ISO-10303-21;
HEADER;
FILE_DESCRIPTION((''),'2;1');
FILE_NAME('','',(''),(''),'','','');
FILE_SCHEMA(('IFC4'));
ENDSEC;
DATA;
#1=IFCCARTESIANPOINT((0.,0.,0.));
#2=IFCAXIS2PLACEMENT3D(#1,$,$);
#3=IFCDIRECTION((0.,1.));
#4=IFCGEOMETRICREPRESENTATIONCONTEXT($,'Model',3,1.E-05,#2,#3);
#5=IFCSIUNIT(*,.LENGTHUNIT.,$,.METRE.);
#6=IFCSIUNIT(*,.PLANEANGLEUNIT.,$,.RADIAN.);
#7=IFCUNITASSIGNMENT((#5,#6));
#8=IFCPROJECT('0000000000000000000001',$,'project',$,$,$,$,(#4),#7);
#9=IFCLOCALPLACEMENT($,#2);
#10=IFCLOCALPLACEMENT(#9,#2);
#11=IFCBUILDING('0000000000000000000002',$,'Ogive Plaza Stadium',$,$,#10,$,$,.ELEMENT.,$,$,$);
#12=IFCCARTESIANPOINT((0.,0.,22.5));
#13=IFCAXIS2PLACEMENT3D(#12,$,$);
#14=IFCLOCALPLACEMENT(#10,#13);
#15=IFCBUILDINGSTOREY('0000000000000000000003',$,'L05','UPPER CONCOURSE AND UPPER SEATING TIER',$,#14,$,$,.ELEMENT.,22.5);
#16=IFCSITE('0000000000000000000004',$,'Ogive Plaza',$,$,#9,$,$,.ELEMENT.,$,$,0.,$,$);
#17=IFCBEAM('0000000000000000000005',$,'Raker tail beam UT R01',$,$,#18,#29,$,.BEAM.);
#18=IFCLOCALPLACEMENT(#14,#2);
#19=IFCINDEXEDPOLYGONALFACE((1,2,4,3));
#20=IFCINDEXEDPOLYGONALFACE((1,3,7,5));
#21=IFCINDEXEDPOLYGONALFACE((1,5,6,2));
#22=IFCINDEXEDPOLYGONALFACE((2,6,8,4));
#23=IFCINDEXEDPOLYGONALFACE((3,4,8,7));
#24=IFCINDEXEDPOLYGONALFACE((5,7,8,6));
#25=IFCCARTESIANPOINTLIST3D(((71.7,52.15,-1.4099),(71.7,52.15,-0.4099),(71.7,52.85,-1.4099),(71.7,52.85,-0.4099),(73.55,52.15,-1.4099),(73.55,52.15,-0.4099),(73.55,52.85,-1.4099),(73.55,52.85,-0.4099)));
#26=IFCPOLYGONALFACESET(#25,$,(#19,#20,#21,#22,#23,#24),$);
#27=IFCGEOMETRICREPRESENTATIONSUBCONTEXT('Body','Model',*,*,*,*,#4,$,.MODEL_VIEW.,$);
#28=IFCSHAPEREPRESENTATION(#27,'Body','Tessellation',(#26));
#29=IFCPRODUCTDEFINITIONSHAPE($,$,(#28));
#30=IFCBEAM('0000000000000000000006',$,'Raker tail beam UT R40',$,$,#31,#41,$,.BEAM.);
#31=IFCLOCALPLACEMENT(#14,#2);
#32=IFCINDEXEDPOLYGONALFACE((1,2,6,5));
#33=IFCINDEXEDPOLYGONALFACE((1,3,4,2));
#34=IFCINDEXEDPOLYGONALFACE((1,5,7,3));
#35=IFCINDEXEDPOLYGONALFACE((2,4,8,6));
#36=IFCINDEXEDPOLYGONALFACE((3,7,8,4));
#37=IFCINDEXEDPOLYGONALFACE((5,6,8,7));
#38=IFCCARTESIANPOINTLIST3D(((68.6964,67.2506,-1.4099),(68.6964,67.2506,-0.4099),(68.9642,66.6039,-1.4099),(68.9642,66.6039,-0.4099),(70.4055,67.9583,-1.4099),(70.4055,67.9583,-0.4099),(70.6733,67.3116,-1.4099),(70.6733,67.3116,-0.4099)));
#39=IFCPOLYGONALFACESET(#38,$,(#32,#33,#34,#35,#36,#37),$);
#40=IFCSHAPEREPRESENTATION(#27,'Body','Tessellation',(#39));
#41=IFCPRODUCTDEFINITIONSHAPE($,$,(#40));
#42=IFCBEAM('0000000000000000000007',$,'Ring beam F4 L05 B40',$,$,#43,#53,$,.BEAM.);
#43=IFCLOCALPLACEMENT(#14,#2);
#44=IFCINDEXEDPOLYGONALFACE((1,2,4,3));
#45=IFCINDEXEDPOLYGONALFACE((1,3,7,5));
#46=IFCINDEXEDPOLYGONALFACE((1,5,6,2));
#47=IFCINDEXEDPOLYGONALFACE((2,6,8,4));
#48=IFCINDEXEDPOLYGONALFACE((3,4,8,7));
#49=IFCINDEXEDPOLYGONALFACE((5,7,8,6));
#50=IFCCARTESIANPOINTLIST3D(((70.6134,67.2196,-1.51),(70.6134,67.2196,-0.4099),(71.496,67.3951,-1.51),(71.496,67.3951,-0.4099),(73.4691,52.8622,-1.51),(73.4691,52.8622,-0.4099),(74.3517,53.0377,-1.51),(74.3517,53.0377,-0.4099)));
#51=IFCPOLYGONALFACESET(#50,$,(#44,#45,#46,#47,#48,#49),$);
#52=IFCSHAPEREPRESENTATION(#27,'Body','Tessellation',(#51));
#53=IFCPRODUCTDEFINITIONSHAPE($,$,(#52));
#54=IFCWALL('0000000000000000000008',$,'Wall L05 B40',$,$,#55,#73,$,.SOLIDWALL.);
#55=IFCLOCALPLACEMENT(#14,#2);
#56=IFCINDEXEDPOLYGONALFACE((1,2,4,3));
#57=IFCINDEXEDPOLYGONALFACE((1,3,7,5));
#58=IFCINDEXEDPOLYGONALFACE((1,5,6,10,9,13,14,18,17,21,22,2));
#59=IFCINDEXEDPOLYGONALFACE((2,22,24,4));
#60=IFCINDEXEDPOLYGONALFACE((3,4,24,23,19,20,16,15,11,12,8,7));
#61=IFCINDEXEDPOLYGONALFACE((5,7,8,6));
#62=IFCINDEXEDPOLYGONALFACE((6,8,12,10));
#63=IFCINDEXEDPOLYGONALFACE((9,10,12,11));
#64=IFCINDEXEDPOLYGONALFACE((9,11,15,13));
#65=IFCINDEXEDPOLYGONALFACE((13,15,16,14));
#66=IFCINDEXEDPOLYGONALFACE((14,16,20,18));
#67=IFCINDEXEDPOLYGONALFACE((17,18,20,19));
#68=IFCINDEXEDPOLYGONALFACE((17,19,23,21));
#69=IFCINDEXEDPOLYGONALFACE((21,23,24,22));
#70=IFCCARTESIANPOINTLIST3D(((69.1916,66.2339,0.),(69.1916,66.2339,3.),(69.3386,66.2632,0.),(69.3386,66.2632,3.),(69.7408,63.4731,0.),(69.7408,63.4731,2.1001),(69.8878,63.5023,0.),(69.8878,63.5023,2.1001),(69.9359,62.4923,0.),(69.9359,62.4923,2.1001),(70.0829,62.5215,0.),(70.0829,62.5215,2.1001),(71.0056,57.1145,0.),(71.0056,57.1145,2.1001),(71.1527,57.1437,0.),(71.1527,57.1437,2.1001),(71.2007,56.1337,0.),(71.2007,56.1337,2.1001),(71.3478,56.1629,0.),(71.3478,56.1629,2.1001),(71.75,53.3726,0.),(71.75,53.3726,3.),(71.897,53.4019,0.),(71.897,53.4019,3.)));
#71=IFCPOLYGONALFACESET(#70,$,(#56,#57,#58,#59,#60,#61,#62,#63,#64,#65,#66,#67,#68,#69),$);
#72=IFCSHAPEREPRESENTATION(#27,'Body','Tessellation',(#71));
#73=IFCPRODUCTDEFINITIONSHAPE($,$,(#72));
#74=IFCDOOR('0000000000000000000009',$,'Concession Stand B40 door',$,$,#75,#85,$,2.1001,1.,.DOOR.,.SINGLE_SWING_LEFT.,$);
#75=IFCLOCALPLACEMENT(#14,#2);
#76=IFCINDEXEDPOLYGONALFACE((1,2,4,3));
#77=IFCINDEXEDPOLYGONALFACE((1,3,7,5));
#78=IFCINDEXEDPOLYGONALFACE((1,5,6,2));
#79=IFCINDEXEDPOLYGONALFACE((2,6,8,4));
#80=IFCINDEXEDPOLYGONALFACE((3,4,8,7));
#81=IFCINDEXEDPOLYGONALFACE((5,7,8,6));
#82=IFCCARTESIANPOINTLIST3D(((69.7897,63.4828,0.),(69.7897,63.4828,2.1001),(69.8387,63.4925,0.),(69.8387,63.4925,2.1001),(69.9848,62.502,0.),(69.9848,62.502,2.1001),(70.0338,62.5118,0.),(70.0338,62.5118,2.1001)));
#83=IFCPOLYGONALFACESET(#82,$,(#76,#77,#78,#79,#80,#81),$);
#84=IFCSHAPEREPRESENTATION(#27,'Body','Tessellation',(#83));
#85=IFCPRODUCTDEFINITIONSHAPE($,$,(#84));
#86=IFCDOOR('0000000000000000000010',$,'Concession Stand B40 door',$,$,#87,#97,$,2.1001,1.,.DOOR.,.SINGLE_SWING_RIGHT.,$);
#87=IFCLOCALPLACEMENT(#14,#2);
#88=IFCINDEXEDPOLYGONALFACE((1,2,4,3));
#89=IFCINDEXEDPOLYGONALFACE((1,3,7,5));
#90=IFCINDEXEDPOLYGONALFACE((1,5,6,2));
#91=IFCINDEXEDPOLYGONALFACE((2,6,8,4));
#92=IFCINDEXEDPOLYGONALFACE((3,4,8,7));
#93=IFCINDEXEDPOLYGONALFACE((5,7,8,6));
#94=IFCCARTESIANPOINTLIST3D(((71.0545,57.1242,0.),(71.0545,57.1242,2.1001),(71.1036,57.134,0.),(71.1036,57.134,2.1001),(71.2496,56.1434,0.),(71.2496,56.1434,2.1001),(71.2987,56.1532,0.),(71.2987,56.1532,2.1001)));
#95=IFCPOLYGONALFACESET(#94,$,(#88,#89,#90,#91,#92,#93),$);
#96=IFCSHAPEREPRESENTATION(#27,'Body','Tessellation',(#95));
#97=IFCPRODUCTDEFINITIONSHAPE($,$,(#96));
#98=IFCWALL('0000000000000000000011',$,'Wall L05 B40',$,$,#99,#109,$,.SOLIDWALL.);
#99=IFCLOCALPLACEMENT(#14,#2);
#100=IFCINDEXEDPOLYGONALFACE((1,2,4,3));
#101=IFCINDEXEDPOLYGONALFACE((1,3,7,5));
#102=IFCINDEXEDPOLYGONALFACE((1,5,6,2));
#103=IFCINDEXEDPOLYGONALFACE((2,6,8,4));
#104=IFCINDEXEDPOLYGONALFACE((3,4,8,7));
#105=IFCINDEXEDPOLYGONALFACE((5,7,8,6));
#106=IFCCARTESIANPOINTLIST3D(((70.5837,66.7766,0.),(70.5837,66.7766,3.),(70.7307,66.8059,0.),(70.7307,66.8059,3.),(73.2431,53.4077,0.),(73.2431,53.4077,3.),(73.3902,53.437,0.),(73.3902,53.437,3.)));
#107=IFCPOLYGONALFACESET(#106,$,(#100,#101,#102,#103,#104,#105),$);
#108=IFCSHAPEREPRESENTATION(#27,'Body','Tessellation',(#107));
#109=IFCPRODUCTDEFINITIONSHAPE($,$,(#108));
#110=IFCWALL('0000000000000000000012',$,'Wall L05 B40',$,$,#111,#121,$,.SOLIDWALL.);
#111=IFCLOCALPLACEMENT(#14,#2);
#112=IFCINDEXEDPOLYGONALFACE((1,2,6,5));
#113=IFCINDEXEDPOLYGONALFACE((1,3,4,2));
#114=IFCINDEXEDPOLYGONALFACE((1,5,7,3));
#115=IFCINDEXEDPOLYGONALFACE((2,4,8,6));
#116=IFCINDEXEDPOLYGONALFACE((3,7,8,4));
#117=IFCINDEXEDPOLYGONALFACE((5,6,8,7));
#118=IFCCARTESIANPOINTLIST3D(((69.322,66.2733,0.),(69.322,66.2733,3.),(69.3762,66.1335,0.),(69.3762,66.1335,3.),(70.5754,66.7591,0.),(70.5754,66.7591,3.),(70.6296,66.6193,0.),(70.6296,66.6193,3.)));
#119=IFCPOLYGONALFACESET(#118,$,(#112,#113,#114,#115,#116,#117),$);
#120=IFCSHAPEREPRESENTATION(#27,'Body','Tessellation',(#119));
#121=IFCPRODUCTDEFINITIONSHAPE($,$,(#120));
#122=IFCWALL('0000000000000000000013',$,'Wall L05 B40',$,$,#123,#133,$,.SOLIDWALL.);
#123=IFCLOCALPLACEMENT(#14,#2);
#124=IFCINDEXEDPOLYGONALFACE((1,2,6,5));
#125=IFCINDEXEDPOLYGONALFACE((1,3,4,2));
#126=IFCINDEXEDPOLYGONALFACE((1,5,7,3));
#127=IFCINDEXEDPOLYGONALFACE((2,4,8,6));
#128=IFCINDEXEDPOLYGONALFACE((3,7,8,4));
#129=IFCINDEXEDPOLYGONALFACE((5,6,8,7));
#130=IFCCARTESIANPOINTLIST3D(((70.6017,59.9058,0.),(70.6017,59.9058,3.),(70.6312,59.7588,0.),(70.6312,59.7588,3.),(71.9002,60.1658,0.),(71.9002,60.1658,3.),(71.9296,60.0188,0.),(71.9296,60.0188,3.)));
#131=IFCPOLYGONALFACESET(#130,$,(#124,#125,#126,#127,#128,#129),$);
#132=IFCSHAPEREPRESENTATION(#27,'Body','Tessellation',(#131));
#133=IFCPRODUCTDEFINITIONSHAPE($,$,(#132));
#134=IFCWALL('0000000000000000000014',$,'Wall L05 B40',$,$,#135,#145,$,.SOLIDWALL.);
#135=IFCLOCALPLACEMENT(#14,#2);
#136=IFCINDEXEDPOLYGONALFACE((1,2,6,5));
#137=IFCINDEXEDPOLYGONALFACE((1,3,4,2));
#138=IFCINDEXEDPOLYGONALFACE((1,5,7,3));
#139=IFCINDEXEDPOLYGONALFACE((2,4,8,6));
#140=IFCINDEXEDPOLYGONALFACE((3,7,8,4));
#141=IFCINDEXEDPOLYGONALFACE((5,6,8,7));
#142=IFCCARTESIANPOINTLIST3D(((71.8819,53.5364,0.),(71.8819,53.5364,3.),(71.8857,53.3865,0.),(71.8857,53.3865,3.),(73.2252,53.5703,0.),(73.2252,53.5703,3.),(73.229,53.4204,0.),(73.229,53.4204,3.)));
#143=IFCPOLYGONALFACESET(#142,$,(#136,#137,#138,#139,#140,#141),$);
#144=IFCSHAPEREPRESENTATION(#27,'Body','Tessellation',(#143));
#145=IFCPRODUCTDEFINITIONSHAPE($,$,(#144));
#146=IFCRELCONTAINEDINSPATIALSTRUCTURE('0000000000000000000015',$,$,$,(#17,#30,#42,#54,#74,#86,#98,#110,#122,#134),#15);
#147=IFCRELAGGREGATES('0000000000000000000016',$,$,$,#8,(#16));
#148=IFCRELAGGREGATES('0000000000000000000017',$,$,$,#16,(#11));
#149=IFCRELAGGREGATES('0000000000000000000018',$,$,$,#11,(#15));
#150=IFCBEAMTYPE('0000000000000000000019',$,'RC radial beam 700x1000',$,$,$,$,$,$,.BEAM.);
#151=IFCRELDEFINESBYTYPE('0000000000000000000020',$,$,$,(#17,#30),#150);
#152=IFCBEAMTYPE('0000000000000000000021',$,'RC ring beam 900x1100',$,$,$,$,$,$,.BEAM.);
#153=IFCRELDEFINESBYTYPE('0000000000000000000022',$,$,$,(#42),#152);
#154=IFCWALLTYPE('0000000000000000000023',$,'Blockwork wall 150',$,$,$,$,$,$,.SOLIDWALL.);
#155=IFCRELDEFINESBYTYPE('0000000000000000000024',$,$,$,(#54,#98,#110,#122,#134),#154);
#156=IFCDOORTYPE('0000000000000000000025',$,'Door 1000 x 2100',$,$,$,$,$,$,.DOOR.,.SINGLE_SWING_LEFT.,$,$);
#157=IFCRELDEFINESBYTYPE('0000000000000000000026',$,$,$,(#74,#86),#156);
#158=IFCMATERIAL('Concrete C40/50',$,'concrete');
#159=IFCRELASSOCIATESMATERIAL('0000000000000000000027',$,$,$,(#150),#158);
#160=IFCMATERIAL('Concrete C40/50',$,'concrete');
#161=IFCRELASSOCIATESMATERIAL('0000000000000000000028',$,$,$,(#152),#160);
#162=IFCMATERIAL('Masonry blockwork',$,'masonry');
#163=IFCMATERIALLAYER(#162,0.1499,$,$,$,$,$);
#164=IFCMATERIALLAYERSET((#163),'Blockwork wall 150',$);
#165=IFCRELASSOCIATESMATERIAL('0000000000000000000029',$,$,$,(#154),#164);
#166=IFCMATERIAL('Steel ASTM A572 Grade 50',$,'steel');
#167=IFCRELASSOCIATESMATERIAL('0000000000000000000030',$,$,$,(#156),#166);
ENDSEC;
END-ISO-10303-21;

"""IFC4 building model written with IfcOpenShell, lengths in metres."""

from ifc_helpers import new_model, si_unit, direction, frame, frame_2d, origin, origin_2d, place, context, subcontext, project, spatial, rectangle, extrude, material, layer, layer_set, material_profile, profile_set, type_object, element, fill, save


model = new_model("IFC4")

# Units and contexts
model_context = context("Model", 3, precision=1e-05, world=origin(), true_north=direction((0.0, 1.0)))
body_context = subcontext(model_context, "Body", "Model", "MODEL_VIEW")
ifc_project = project(units=[si_unit("LENGTHUNIT", "METRE"), si_unit("PLANEANGLEUNIT", "RADIAN")], contexts=[model_context])

# Site, building, storey
site_placement = place(None, origin())
site = spatial("IfcSite", under=ifc_project, at=site_placement, Name="Ogive Plaza", CompositionType="ELEMENT", RefElevation=0.0)
building_placement = place(site_placement, origin())
building = spatial("IfcBuilding", under=site, at=building_placement, Name="Ogive Plaza Stadium", CompositionType="ELEMENT")
storey_placement = place(building_placement, frame((0.0, 0.0, 22.5)))
storey = spatial("IfcBuildingStorey", under=building, at=storey_placement, Name="L05", Description="UPPER CONCOURSE AND UPPER SEATING TIER", CompositionType="ELEMENT", Elevation=22.5)

# Beams
ifc_material_1 = material(Name="Concrete C40/50", Category="concrete")
ifc_material_profile_1 = material_profile(ifc_material_1, rectangle(XDim=0.7, YDim=1.0, at=origin_2d()), Name="RC 700x1000")
ifc_profile_set_1 = profile_set([ifc_material_profile_1], Name="Concrete C40/50")
beam_type_1 = type_object("IfcBeamType", Name="RC radial beam 700x1000", PredefinedType="BEAM", material=ifc_profile_set_1)
beam_1_placement = place(storey_placement, frame((71.7, 52.5, -0.9099), z_axis=(1.0, 0.0, 0.0), x_axis=(0.0, 1.0, 0.0)))
element("IfcBeam", 1, at=beam_1_placement, inside=storey, type_object=beam_type_1, Name="Raker tail beam UT R01", PredefinedType="BEAM", context=body_context, shape_type="SweptSolid", body=[
    extrude(rectangle(XDim=0.7, YDim=1.0, at=origin_2d()), origin(), (0.0, 0.0, 1.0), 1.8501),
])
beam_2_placement = place(storey_placement, frame((68.8303, 66.9272, -0.9099), z_axis=(0.923922, 0.382581, 0.0), x_axis=(-0.382581, 0.923922, 0.0)))
element("IfcBeam", 2, at=beam_2_placement, inside=storey, type_object=beam_type_1, Name="Raker tail beam UT R40", PredefinedType="BEAM", context=body_context, shape_type="SweptSolid", body=[
    extrude(rectangle(XDim=0.7, YDim=1.0, at=origin_2d()), origin(), (0.0, 0.0, 1.0), 1.8499),
])
ifc_material_2 = material(Name="Concrete C40/50", Category="concrete")
ifc_material_profile_2 = material_profile(ifc_material_2, rectangle(XDim=0.8999, YDim=1.1001, at=origin_2d()), Name="RC 900x1100")
ifc_profile_set_2 = profile_set([ifc_material_profile_2], Name="Concrete C40/50")
beam_type_2 = type_object("IfcBeamType", Name="RC ring beam 900x1100", PredefinedType="BEAM", material=ifc_profile_set_2)
beam_3_placement = place(storey_placement, frame((71.0547, 67.3074, -0.96), z_axis=(0.19508, -0.980787, 0.0), x_axis=(0.980787, 0.19508, 0.0)))
element("IfcBeam", 3, at=beam_3_placement, inside=storey, type_object=beam_type_2, Name="Ring beam F4 L05 B40", PredefinedType="BEAM", context=body_context, shape_type="SweptSolid", body=[
    extrude(rectangle(XDim=0.8999, YDim=1.1001, at=origin_2d()), origin(), (0.0, 0.0, 1.0), 14.6387),
])

# Wall, openings, doors
ifc_material_3 = material(Name="Masonry blockwork", Category="masonry")
ifc_layer_1 = layer(ifc_material_3, 0.1499)
ifc_layer_set_1 = layer_set([ifc_layer_1], Name="Blockwork wall 150")
wall_type_1 = type_object("IfcWallType", Name="Blockwork wall 150", PredefinedType="SOLIDWALL", material=ifc_layer_set_1)
wall_1_placement = place(storey_placement, frame((69.2651, 66.2485, 0.0), z_axis=(0.0, 0.0, 1.0), x_axis=(0.195096, -0.980784, 0.0)))
wall_1 = element("IfcWall", 4, at=wall_1_placement, inside=storey, type_object=wall_type_1, Name="Wall L05 B40", PredefinedType="SOLIDWALL", context=body_context, shape_type="SweptSolid", body=[
    extrude(rectangle(XDim=13.1133, YDim=0.1499, at=frame_2d((6.5566, 0.0))), origin(), (0.0, 0.0, 1.0), 3.0),
])
opening_1_placement = place(wall_1_placement, frame((2.8149, 0.0, 0.0)))
opening_1 = element("IfcOpeningElement", 5, at=opening_1_placement, cuts=wall_1, PredefinedType="OPENING", context=body_context, shape_type="SweptSolid", body=[
    extrude(rectangle(XDim=1.0, YDim=2.1001, at=frame_2d((0.5, 1.05))), frame((0.0, 0.075, 0.0), z_axis=(0.0, -1.0, 0.0), x_axis=(1.0, 0.0, 0.0)), (0.0, 0.0, 1.0), 0.1499),
])
opening_2_placement = place(wall_1_placement, frame((9.2981, 0.0, 0.0)))
opening_2 = element("IfcOpeningElement", 6, at=opening_2_placement, cuts=wall_1, PredefinedType="OPENING", context=body_context, shape_type="SweptSolid", body=[
    extrude(rectangle(XDim=1.0, YDim=2.1001, at=frame_2d((0.5, 1.05))), frame((0.0, 0.075, 0.0), z_axis=(0.0, -1.0, 0.0), x_axis=(1.0, 0.0, 0.0)), (0.0, 0.0, 1.0), 0.1499),
])
ifc_material_4 = material(Name="Steel ASTM A572 Grade 50", Category="steel")
door_type_1 = type_object("IfcDoorType", Name="Door 1000 x 2100", OperationType="SINGLE_SWING_LEFT", PredefinedType="DOOR", material=ifc_material_4)
door_1_placement = place(opening_1_placement, origin())
door_1 = element("IfcDoor", 7, at=door_1_placement, inside=storey, type_object=door_type_1, Name="Concession Stand B40 door", OperationType="SINGLE_SWING_LEFT", OverallHeight=2.1001, OverallWidth=1.0, PredefinedType="DOOR", context=body_context, shape_type="SweptSolid", body=[
    extrude(rectangle(XDim=1.0, YDim=2.1001, at=frame_2d((0.5, 1.05))), frame((0.0, 0.0249, 0.0), z_axis=(0.0, -1.0, 0.0), x_axis=(1.0, 0.0, 0.0)), (0.0, 0.0, 1.0), 0.05),
])
fill(opening_1, door_1)
door_2_placement = place(opening_2_placement, origin())
door_2 = element("IfcDoor", 8, at=door_2_placement, inside=storey, type_object=door_type_1, Name="Concession Stand B40 door", OperationType="SINGLE_SWING_RIGHT", OverallHeight=2.1001, OverallWidth=1.0, PredefinedType="DOOR", context=body_context, shape_type="SweptSolid", body=[
    extrude(rectangle(XDim=1.0, YDim=2.1001, at=frame_2d((0.5, 1.05))), frame((0.0, 0.0249, 0.0), z_axis=(0.0, -1.0, 0.0), x_axis=(1.0, 0.0, 0.0)), (0.0, 0.0, 1.0), 0.05),
])
fill(opening_2, door_2)

# Walls
wall_2_placement = place(storey_placement, frame((70.6572, 66.7913, 0.0), z_axis=(0.0, 0.0, 1.0), x_axis=(0.195103, -0.980783, 0.0)))
element("IfcWall", 9, at=wall_2_placement, inside=storey, type_object=wall_type_1, Name="Wall L05 B40", PredefinedType="SOLIDWALL", context=body_context, shape_type="SweptSolid", body=[
    extrude(rectangle(XDim=13.6309, YDim=0.1499, at=frame_2d((6.8154, 0.0))), origin(), (0.0, 0.0, 1.0), 3.0),
])
wall_3_placement = place(storey_placement, frame((69.3491, 66.2034, 0.0), z_axis=(0.0, 0.0, 1.0), x_axis=(0.932406, 0.361412, 0.0)))
element("IfcWall", 10, at=wall_3_placement, inside=storey, type_object=wall_type_1, Name="Wall L05 B40", PredefinedType="SOLIDWALL", context=body_context, shape_type="SweptSolid", body=[
    extrude(rectangle(XDim=1.3442, YDim=0.1499, at=frame_2d((0.6721, 0.0))), origin(), (0.0, 0.0, 1.0), 3.0),
])
wall_4_placement = place(storey_placement, frame((70.6165, 59.8323, 0.0), z_axis=(0.0, 0.0, 1.0), x_axis=(0.980531, 0.196364, 0.0)))
element("IfcWall", 11, at=wall_4_placement, inside=storey, type_object=wall_type_1, Name="Wall L05 B40", PredefinedType="SOLIDWALL", context=body_context, shape_type="SweptSolid", body=[
    extrude(rectangle(XDim=1.3242, YDim=0.1499, at=frame_2d((0.6621, 0.0))), origin(), (0.0, 0.0, 1.0), 3.0),
])
wall_5_placement = place(storey_placement, frame((71.8838, 53.4614, 0.0), z_axis=(0.0, 0.0, 1.0), x_axis=(0.999681, 0.025255, 0.0)))
element("IfcWall", 12, at=wall_5_placement, inside=storey, type_object=wall_type_1, Name="Wall L05 B40", PredefinedType="SOLIDWALL", context=body_context, shape_type="SweptSolid", body=[
    extrude(rectangle(XDim=1.3438, YDim=0.1499, at=frame_2d((0.6719, 0.0))), origin(), (0.0, 0.0, 1.0), 3.0),
])

save(model, "model.ifc")
